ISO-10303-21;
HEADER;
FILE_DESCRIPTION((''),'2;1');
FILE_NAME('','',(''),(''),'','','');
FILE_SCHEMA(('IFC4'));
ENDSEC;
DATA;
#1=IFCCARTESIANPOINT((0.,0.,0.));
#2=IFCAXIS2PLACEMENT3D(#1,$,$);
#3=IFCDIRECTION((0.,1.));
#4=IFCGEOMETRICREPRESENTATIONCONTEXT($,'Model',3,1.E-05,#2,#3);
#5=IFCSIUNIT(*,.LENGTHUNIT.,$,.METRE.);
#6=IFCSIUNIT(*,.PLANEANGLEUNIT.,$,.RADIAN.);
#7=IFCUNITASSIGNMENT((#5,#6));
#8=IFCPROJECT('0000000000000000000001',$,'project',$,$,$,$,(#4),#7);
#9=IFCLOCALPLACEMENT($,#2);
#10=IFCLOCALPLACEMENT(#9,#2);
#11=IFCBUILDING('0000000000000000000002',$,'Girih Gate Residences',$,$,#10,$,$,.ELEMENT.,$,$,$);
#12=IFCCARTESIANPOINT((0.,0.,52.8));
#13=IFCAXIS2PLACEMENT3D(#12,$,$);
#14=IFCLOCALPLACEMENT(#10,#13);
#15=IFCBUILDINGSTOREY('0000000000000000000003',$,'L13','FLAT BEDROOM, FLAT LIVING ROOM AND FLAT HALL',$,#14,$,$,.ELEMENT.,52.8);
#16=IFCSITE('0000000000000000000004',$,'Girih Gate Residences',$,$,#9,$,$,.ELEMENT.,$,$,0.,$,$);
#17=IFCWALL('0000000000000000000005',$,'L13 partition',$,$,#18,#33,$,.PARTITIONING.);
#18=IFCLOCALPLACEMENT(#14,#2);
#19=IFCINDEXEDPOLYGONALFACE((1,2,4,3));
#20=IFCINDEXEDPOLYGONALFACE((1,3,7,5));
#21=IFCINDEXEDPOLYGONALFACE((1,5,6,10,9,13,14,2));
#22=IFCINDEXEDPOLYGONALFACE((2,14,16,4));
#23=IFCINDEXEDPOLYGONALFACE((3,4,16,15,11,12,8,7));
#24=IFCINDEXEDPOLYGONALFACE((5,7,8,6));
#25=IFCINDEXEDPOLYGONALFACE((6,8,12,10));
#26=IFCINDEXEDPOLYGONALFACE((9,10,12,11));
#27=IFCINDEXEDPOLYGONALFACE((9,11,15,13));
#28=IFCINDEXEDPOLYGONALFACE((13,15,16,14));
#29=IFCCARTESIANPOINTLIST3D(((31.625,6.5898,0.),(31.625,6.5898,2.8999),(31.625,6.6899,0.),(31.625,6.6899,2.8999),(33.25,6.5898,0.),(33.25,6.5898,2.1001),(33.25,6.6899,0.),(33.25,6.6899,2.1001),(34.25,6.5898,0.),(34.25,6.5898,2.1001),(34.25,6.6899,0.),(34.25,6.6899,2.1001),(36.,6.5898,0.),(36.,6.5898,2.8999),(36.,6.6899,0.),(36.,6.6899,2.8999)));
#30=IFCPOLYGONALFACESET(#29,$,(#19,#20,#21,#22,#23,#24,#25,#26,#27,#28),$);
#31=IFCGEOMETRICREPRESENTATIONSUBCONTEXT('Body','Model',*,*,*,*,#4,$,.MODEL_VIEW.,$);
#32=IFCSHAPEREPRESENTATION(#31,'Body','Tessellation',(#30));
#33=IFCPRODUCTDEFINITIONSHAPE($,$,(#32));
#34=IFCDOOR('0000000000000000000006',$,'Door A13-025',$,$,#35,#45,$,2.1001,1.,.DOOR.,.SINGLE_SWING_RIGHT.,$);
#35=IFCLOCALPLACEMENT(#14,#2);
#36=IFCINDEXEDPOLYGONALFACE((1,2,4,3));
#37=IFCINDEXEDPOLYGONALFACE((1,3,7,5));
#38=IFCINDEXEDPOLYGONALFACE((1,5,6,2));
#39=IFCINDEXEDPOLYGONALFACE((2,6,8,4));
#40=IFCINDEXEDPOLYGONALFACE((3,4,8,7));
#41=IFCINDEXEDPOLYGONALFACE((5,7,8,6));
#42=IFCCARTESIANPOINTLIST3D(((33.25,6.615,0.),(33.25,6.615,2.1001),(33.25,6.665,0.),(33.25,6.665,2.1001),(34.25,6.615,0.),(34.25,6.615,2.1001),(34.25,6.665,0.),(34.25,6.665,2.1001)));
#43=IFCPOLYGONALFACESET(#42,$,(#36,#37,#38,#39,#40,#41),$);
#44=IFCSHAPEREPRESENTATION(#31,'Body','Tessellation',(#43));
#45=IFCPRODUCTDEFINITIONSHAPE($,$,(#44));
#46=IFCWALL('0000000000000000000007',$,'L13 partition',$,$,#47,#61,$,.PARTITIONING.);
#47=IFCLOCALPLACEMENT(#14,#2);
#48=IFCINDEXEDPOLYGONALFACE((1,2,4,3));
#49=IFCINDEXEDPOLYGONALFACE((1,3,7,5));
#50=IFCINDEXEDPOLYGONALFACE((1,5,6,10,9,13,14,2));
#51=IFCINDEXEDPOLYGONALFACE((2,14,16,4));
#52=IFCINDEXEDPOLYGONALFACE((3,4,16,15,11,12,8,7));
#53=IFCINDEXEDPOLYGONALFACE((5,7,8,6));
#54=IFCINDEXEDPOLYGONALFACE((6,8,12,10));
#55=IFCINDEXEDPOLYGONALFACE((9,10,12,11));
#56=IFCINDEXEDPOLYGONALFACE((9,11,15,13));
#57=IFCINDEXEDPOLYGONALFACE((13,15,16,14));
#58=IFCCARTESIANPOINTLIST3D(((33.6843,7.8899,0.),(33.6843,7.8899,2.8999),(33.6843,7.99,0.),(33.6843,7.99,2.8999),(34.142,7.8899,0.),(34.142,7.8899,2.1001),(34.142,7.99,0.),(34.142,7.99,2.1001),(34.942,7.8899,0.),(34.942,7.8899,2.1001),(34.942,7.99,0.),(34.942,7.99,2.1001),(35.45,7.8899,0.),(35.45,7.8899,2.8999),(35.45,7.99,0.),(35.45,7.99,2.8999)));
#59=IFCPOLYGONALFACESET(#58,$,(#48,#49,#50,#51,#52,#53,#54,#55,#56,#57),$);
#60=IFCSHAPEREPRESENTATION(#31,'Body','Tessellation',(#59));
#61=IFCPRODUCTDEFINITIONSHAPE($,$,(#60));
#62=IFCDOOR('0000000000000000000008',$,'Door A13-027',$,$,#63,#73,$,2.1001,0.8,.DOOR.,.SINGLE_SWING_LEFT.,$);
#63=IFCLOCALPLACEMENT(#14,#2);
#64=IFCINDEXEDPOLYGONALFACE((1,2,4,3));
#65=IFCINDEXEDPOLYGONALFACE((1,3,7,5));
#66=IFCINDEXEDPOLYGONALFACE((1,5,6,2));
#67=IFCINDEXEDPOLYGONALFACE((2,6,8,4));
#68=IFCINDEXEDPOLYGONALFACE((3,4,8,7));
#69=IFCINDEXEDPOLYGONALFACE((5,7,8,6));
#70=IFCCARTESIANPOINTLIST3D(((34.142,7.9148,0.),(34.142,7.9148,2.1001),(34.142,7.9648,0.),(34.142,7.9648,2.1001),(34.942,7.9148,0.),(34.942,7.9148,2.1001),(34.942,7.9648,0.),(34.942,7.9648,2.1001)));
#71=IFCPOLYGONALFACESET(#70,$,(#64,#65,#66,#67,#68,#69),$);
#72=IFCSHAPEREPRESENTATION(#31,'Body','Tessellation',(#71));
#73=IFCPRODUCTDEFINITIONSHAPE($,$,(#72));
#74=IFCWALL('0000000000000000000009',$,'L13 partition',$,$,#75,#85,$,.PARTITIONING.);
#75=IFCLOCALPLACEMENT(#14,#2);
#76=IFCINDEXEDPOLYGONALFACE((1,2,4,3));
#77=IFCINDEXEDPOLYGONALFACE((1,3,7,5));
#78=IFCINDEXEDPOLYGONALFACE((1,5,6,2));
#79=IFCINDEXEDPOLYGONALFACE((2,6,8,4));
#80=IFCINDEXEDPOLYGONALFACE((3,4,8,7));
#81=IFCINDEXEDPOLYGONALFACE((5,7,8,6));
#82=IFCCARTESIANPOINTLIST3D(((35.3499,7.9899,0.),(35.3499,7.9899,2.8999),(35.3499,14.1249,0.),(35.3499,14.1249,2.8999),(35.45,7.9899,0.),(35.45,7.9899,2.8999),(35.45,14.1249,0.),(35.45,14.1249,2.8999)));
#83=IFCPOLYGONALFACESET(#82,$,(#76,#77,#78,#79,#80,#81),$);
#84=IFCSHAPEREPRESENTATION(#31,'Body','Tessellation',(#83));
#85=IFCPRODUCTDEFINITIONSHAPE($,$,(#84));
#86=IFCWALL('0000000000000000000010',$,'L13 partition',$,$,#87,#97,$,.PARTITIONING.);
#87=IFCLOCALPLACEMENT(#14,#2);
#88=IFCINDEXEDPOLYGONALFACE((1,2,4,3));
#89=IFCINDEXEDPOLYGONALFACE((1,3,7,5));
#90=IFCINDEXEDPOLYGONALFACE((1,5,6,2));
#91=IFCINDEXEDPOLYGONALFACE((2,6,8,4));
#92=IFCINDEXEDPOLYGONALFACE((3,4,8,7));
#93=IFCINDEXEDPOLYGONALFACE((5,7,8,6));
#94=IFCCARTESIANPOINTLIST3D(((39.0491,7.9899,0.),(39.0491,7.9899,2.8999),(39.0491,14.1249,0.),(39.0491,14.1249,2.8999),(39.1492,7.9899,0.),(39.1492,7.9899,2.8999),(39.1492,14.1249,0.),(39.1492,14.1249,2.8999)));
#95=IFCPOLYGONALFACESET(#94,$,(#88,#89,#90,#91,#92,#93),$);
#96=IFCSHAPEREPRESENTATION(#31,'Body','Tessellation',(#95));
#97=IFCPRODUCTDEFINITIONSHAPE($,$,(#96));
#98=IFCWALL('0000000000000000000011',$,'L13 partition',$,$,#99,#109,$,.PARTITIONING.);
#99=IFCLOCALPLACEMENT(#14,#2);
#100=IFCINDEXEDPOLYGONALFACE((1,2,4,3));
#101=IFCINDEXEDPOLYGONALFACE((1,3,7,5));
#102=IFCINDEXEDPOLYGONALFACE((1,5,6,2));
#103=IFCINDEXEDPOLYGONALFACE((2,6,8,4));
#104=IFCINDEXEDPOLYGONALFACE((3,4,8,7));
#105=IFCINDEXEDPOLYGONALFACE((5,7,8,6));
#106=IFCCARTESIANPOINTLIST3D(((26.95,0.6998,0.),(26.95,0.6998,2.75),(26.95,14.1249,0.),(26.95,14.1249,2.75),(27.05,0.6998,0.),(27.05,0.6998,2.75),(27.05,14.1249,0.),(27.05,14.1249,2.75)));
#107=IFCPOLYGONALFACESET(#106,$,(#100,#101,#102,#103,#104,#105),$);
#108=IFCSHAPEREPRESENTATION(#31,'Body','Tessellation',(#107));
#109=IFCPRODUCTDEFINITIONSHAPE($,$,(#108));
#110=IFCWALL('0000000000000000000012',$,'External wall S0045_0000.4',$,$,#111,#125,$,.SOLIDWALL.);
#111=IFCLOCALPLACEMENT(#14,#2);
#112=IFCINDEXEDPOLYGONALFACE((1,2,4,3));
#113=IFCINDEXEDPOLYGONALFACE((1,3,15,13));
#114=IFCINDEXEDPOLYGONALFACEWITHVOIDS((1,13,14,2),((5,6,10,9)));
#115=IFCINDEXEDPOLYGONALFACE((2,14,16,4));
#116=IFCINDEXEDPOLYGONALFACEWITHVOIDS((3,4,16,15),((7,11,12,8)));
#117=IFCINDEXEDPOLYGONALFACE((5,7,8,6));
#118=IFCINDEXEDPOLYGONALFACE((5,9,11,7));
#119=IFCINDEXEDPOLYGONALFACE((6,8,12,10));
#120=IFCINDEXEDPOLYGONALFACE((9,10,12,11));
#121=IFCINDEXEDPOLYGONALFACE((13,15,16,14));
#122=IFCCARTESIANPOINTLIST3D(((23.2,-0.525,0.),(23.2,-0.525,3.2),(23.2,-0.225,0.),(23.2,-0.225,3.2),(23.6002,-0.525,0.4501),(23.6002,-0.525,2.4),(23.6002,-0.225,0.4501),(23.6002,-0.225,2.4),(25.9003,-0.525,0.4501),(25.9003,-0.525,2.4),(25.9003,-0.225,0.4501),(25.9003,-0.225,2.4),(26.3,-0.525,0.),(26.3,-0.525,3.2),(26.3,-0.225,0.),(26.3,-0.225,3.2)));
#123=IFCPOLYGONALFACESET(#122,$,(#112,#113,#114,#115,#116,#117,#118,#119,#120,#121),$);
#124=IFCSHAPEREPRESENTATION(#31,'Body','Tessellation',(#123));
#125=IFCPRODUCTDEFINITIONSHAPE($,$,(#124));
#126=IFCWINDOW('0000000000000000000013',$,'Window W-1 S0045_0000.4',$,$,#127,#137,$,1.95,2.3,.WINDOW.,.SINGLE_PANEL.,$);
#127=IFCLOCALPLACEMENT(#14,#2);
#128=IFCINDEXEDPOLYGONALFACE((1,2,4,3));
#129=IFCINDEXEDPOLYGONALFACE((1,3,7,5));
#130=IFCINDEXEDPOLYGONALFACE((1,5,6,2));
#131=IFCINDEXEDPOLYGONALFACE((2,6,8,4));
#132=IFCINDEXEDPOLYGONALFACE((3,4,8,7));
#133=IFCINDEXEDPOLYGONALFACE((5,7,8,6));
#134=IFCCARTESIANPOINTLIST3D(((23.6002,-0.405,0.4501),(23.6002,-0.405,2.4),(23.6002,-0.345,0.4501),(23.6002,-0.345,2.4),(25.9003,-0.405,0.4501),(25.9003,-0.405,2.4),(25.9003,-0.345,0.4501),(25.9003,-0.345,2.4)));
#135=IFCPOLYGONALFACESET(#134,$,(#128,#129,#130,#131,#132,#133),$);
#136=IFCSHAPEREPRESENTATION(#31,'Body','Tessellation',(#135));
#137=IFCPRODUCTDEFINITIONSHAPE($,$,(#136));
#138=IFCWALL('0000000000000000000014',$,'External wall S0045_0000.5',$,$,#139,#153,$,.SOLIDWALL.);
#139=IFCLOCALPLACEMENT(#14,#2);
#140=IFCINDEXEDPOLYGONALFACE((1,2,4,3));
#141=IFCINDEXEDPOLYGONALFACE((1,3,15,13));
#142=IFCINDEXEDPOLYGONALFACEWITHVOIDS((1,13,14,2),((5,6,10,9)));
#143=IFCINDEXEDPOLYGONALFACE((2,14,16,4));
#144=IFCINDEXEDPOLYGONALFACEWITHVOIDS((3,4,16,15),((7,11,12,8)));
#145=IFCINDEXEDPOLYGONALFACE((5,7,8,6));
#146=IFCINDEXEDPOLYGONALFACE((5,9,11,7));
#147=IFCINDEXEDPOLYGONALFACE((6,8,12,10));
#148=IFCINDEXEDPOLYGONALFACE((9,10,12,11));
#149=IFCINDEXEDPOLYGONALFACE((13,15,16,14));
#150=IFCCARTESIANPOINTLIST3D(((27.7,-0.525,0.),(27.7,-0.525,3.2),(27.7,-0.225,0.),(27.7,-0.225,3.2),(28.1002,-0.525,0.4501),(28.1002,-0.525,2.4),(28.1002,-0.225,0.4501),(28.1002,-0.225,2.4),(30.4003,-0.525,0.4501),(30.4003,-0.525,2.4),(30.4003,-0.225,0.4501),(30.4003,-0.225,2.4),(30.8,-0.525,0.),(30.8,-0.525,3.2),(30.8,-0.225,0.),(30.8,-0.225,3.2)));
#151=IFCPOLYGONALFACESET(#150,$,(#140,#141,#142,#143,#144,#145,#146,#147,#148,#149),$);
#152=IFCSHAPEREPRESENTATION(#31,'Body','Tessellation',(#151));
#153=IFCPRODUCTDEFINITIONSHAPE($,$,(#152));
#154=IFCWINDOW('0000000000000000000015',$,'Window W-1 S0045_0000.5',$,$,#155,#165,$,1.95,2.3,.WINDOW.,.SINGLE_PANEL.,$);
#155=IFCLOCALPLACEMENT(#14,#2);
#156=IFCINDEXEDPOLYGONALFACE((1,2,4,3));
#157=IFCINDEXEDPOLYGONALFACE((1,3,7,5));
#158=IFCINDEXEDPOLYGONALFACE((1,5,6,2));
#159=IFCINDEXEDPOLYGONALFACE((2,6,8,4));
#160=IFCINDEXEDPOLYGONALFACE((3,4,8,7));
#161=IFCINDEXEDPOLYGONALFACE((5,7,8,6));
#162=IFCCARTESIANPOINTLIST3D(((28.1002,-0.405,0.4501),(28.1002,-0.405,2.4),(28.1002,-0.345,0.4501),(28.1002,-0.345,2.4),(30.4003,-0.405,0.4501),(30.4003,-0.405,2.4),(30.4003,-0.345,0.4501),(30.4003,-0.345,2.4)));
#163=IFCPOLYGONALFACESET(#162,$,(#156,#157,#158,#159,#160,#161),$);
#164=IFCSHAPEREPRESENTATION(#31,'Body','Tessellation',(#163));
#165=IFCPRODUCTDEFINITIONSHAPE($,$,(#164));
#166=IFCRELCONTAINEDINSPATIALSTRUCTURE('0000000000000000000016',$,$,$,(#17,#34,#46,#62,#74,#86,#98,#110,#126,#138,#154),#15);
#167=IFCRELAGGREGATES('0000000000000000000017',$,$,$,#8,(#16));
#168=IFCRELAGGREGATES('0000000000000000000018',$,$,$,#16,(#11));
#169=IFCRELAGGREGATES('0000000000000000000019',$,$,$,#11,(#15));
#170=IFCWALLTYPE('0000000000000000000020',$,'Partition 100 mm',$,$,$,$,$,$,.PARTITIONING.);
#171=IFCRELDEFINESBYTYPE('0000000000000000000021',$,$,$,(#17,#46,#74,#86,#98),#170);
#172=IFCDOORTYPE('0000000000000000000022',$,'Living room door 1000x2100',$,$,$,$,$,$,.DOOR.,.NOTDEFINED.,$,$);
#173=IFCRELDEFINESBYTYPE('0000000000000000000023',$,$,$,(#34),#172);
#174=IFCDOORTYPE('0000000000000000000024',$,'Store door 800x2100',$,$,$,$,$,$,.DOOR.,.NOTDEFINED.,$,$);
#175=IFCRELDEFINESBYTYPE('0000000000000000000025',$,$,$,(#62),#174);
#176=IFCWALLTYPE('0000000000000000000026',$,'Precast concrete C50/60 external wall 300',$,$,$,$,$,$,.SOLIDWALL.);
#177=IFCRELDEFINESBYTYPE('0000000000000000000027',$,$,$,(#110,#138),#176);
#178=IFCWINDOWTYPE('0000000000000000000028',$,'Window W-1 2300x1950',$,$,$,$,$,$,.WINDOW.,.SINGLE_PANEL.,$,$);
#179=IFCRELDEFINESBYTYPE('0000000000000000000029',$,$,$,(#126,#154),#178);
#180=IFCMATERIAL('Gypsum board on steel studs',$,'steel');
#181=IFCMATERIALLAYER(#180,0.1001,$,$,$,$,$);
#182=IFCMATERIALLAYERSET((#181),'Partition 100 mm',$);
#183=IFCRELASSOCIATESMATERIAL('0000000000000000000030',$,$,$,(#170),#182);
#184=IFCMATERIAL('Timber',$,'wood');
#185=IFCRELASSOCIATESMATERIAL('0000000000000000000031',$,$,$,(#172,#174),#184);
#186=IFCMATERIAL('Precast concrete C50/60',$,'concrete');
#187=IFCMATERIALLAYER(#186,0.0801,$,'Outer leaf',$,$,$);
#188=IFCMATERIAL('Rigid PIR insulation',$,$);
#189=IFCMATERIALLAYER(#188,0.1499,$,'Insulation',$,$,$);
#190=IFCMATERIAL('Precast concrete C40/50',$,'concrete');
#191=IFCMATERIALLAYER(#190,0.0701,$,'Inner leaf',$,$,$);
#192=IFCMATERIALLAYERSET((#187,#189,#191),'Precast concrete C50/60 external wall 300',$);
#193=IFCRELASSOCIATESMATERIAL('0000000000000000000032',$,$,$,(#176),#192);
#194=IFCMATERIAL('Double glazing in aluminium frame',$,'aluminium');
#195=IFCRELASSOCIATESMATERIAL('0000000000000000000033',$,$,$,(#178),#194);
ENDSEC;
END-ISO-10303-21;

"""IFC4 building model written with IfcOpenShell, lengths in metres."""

from ifc_helpers import new_model, si_unit, direction, frame, frame_2d, origin, place, context, subcontext, project, spatial, rectangle, extrude, material, layer, layer_set, type_object, element, fill, save


model = new_model("IFC4")

# Units and contexts
model_context = context("Model", 3, precision=1e-05, world=origin(), true_north=direction((0.0, 1.0)))
body_context = subcontext(model_context, "Body", "Model", "MODEL_VIEW")
ifc_project = project(units=[si_unit("LENGTHUNIT", "METRE"), si_unit("PLANEANGLEUNIT", "RADIAN")], contexts=[model_context])

# Site, building, storey
site_placement = place(None, origin())
site = spatial("IfcSite", under=ifc_project, at=site_placement, Name="Girih Gate Residences", CompositionType="ELEMENT", RefElevation=0.0)
building_placement = place(site_placement, origin())
building = spatial("IfcBuilding", under=site, at=building_placement, Name="Girih Gate Residences", CompositionType="ELEMENT")
storey_placement = place(building_placement, frame((0.0, 0.0, 52.8)))
storey = spatial("IfcBuildingStorey", under=building, at=storey_placement, Name="L13", Description="FLAT BEDROOM, FLAT LIVING ROOM AND FLAT HALL", CompositionType="ELEMENT", Elevation=52.8)

# Shared definitions
ifc_material_1 = material(Name="Gypsum board on steel studs", Category="steel")
ifc_layer_1 = layer(ifc_material_1, 0.1001)
ifc_layer_set_1 = layer_set([ifc_layer_1], Name="Partition 100 mm")
wall_type_1 = type_object("IfcWallType", Name="Partition 100 mm", PredefinedType="PARTITIONING", material=ifc_layer_set_1)

# Walls, openings, doors
ifc_material_2 = material(Name="Timber", Category="wood")
wall_1_placement = place(storey_placement, frame((36.0, 6.6399, 0.0), z_axis=(0.0, 0.0, 1.0), x_axis=(-1.0, 0.0, 0.0)))
wall_1 = element("IfcWall", 1, at=wall_1_placement, inside=storey, type_object=wall_type_1, Name="L13 partition", PredefinedType="PARTITIONING", context=body_context, shape_type="SweptSolid", body=[
    extrude(rectangle(XDim=4.375, YDim=0.1001, at=frame_2d((2.1875, 0.0))), origin(), (0.0, 0.0, 1.0), 2.8999),
])
opening_1_placement = place(wall_1_placement, frame((1.75, 0.0, 0.0)))
opening_1 = element("IfcOpeningElement", 2, at=opening_1_placement, cuts=wall_1, PredefinedType="OPENING", context=body_context, shape_type="SweptSolid", body=[
    extrude(rectangle(XDim=1.0, YDim=2.1001, at=frame_2d((0.5, 1.05))), frame((0.0, 0.0601, 0.0), z_axis=(0.0, -1.0, 0.0), x_axis=(1.0, 0.0, 0.0)), (0.0, 0.0, 1.0), 0.1201),
])
door_type_1 = type_object("IfcDoorType", Name="Living room door 1000x2100", OperationType="NOTDEFINED", PredefinedType="DOOR", material=ifc_material_2)
door_1_placement = place(opening_1_placement, origin())
door_1 = element("IfcDoor", 3, at=door_1_placement, inside=storey, type_object=door_type_1, Name="Door A13-025", OperationType="SINGLE_SWING_RIGHT", OverallHeight=2.1001, OverallWidth=1.0, PredefinedType="DOOR", context=body_context, shape_type="SweptSolid", body=[
    extrude(rectangle(XDim=1.0, YDim=2.1001, at=frame_2d((0.5, 1.05))), frame((0.0, 0.0249, 0.0), z_axis=(0.0, -1.0, 0.0), x_axis=(1.0, 0.0, 0.0)), (0.0, 0.0, 1.0), 0.05),
])
fill(opening_1, door_1)
wall_2_placement = place(storey_placement, frame((33.6843, 7.9399, 0.0), z_axis=(0.0, 0.0, 1.0), x_axis=(1.0, 0.0, 0.0)))
wall_2 = element("IfcWall", 4, at=wall_2_placement, inside=storey, type_object=wall_type_1, Name="L13 partition", PredefinedType="PARTITIONING", context=body_context, shape_type="SweptSolid", body=[
    extrude(rectangle(XDim=1.7656, YDim=0.1001, at=frame_2d((0.8828, 0.0))), origin(), (0.0, 0.0, 1.0), 2.8999),
])
opening_2_placement = place(wall_2_placement, frame((0.4578, 0.0, 0.0)))
opening_2 = element("IfcOpeningElement", 5, at=opening_2_placement, cuts=wall_2, PredefinedType="OPENING", context=body_context, shape_type="SweptSolid", body=[
    extrude(rectangle(XDim=0.8, YDim=2.1001, at=frame_2d((0.3999, 1.05))), frame((0.0, 0.0601, 0.0), z_axis=(0.0, -1.0, 0.0), x_axis=(1.0, 0.0, 0.0)), (0.0, 0.0, 1.0), 0.1201),
])
door_type_2 = type_object("IfcDoorType", Name="Store door 800x2100", OperationType="NOTDEFINED", PredefinedType="DOOR", material=ifc_material_2)
door_2_placement = place(opening_2_placement, origin())
door_2 = element("IfcDoor", 6, at=door_2_placement, inside=storey, type_object=door_type_2, Name="Door A13-027", OperationType="SINGLE_SWING_LEFT", OverallHeight=2.1001, OverallWidth=0.8, PredefinedType="DOOR", context=body_context, shape_type="SweptSolid", body=[
    extrude(rectangle(XDim=0.8, YDim=2.1001, at=frame_2d((0.3999, 1.05))), frame((0.0, 0.0249, 0.0), z_axis=(0.0, -1.0, 0.0), x_axis=(1.0, 0.0, 0.0)), (0.0, 0.0, 1.0), 0.05),
])
fill(opening_2, door_2)

# Walls
for number, where, z_axis, x_axis, name in (
    (7, (35.3999, 7.99, 0.0), (0.0, 0.0, 1.0), (0.0, 1.0, 0.0), "L13 partition"),
    (8, (39.0991, 7.99, 0.0), (0.0, 0.0, 1.0), (0.0, 1.0, 0.0), "L13 partition"),
):
    element("IfcWall", number, at=place(storey_placement, frame(where, z_axis=z_axis, x_axis=x_axis)), inside=storey, type_object=wall_type_1, Name=name, PredefinedType="PARTITIONING", context=body_context, shape_type="SweptSolid", body=[
        extrude(rectangle(XDim=6.135, YDim=0.1001, at=frame_2d((3.0674, 0.0))), origin(), (0.0, 0.0, 1.0), 2.8999),
    ])
wall_3_placement = place(storey_placement, frame((27.0, 0.7, 0.0), z_axis=(0.0, 0.0, 1.0), x_axis=(0.0, 1.0, 0.0)))
element("IfcWall", 9, at=wall_3_placement, inside=storey, type_object=wall_type_1, Name="L13 partition", PredefinedType="PARTITIONING", context=body_context, shape_type="SweptSolid", body=[
    extrude(rectangle(XDim=13.425, YDim=0.1001, at=frame_2d((6.7124, 0.0))), origin(), (0.0, 0.0, 1.0), 2.75),
])

# Walls, openings, windows
ifc_material_3 = material(Name="Precast concrete C50/60", Category="concrete")
ifc_layer_2 = layer(ifc_material_3, 0.0801, Name="Outer leaf")
ifc_material_4 = material(Name="Rigid PIR insulation")
ifc_layer_3 = layer(ifc_material_4, 0.1499, Name="Insulation")
ifc_material_5 = material(Name="Precast concrete C40/50", Category="concrete")
ifc_layer_4 = layer(ifc_material_5, 0.0701, Name="Inner leaf")
ifc_layer_set_2 = layer_set([ifc_layer_2, ifc_layer_3, ifc_layer_4], Name="Precast concrete C50/60 external wall 300")
wall_type_2 = type_object("IfcWallType", Name="Precast concrete C50/60 external wall 300", PredefinedType="SOLIDWALL", material=ifc_layer_set_2)
wall_4_placement = place(storey_placement, frame((26.3, -0.375, 0.0), z_axis=(0.0, 0.0, 1.0), x_axis=(-1.0, 0.0, 0.0)))
wall_4 = element("IfcWall", 10, at=wall_4_placement, inside=storey, type_object=wall_type_2, Name="External wall S0045_0000.4", PredefinedType="SOLIDWALL", context=body_context, shape_type="SweptSolid", body=[
    extrude(rectangle(XDim=3.1001, YDim=0.3, at=frame_2d((1.55, 0.0))), origin(), (0.0, 0.0, 1.0), 3.2),
])
opening_3_placement = place(wall_4_placement, frame((0.3999, 0.0, 0.45)))
opening_3 = element("IfcOpeningElement", 11, at=opening_3_placement, cuts=wall_4, PredefinedType="OPENING", context=body_context, shape_type="SweptSolid", body=[
    extrude(rectangle(XDim=2.3, YDim=1.95, at=frame_2d((1.1499, 0.9751))), frame((0.0, 0.1599, 0.0), z_axis=(0.0, -1.0, 0.0), x_axis=(1.0, 0.0, 0.0)), (0.0, 0.0, 1.0), 0.3201),
])
ifc_material_6 = material(Name="Double glazing in aluminium frame", Category="aluminium")
window_type = type_object("IfcWindowType", Name="Window W-1 2300x1950", PartitioningType="SINGLE_PANEL", PredefinedType="WINDOW", material=ifc_material_6)
window_1_placement = place(opening_3_placement, origin())
window_1 = element("IfcWindow", 12, at=window_1_placement, inside=storey, type_object=window_type, Name="Window W-1 S0045_0000.4", OverallHeight=1.95, OverallWidth=2.3, PartitioningType="SINGLE_PANEL", PredefinedType="WINDOW", context=body_context, shape_type="SweptSolid", body=[
    extrude(rectangle(XDim=2.3, YDim=1.95, at=frame_2d((1.1499, 0.9751))), frame((0.0, 0.03, 0.0), z_axis=(0.0, -1.0, 0.0), x_axis=(1.0, 0.0, 0.0)), (0.0, 0.0, 1.0), 0.0601),
])
fill(opening_3, window_1)
wall_5_placement = place(storey_placement, frame((30.8, -0.375, 0.0), z_axis=(0.0, 0.0, 1.0), x_axis=(-1.0, 0.0, 0.0)))
wall_5 = element("IfcWall", 13, at=wall_5_placement, inside=storey, type_object=wall_type_2, Name="External wall S0045_0000.5", PredefinedType="SOLIDWALL", context=body_context, shape_type="SweptSolid", body=[
    extrude(rectangle(XDim=3.1001, YDim=0.3, at=frame_2d((1.55, 0.0))), origin(), (0.0, 0.0, 1.0), 3.2),
])
opening_4_placement = place(wall_5_placement, frame((0.3999, 0.0, 0.45)))
opening_4 = element("IfcOpeningElement", 14, at=opening_4_placement, cuts=wall_5, PredefinedType="OPENING", context=body_context, shape_type="SweptSolid", body=[
    extrude(rectangle(XDim=2.3, YDim=1.95, at=frame_2d((1.1499, 0.9751))), frame((0.0, 0.1599, 0.0), z_axis=(0.0, -1.0, 0.0), x_axis=(1.0, 0.0, 0.0)), (0.0, 0.0, 1.0), 0.3201),
])
window_2_placement = place(opening_4_placement, origin())
window_2 = element("IfcWindow", 15, at=window_2_placement, inside=storey, type_object=window_type, Name="Window W-1 S0045_0000.5", OverallHeight=1.95, OverallWidth=2.3, PartitioningType="SINGLE_PANEL", PredefinedType="WINDOW", context=body_context, shape_type="SweptSolid", body=[
    extrude(rectangle(XDim=2.3, YDim=1.95, at=frame_2d((1.1499, 0.9751))), frame((0.0, 0.03, 0.0), z_axis=(0.0, -1.0, 0.0), x_axis=(1.0, 0.0, 0.0)), (0.0, 0.0, 1.0), 0.0601),
])
fill(opening_4, window_2)

save(model, "model.ifc")
